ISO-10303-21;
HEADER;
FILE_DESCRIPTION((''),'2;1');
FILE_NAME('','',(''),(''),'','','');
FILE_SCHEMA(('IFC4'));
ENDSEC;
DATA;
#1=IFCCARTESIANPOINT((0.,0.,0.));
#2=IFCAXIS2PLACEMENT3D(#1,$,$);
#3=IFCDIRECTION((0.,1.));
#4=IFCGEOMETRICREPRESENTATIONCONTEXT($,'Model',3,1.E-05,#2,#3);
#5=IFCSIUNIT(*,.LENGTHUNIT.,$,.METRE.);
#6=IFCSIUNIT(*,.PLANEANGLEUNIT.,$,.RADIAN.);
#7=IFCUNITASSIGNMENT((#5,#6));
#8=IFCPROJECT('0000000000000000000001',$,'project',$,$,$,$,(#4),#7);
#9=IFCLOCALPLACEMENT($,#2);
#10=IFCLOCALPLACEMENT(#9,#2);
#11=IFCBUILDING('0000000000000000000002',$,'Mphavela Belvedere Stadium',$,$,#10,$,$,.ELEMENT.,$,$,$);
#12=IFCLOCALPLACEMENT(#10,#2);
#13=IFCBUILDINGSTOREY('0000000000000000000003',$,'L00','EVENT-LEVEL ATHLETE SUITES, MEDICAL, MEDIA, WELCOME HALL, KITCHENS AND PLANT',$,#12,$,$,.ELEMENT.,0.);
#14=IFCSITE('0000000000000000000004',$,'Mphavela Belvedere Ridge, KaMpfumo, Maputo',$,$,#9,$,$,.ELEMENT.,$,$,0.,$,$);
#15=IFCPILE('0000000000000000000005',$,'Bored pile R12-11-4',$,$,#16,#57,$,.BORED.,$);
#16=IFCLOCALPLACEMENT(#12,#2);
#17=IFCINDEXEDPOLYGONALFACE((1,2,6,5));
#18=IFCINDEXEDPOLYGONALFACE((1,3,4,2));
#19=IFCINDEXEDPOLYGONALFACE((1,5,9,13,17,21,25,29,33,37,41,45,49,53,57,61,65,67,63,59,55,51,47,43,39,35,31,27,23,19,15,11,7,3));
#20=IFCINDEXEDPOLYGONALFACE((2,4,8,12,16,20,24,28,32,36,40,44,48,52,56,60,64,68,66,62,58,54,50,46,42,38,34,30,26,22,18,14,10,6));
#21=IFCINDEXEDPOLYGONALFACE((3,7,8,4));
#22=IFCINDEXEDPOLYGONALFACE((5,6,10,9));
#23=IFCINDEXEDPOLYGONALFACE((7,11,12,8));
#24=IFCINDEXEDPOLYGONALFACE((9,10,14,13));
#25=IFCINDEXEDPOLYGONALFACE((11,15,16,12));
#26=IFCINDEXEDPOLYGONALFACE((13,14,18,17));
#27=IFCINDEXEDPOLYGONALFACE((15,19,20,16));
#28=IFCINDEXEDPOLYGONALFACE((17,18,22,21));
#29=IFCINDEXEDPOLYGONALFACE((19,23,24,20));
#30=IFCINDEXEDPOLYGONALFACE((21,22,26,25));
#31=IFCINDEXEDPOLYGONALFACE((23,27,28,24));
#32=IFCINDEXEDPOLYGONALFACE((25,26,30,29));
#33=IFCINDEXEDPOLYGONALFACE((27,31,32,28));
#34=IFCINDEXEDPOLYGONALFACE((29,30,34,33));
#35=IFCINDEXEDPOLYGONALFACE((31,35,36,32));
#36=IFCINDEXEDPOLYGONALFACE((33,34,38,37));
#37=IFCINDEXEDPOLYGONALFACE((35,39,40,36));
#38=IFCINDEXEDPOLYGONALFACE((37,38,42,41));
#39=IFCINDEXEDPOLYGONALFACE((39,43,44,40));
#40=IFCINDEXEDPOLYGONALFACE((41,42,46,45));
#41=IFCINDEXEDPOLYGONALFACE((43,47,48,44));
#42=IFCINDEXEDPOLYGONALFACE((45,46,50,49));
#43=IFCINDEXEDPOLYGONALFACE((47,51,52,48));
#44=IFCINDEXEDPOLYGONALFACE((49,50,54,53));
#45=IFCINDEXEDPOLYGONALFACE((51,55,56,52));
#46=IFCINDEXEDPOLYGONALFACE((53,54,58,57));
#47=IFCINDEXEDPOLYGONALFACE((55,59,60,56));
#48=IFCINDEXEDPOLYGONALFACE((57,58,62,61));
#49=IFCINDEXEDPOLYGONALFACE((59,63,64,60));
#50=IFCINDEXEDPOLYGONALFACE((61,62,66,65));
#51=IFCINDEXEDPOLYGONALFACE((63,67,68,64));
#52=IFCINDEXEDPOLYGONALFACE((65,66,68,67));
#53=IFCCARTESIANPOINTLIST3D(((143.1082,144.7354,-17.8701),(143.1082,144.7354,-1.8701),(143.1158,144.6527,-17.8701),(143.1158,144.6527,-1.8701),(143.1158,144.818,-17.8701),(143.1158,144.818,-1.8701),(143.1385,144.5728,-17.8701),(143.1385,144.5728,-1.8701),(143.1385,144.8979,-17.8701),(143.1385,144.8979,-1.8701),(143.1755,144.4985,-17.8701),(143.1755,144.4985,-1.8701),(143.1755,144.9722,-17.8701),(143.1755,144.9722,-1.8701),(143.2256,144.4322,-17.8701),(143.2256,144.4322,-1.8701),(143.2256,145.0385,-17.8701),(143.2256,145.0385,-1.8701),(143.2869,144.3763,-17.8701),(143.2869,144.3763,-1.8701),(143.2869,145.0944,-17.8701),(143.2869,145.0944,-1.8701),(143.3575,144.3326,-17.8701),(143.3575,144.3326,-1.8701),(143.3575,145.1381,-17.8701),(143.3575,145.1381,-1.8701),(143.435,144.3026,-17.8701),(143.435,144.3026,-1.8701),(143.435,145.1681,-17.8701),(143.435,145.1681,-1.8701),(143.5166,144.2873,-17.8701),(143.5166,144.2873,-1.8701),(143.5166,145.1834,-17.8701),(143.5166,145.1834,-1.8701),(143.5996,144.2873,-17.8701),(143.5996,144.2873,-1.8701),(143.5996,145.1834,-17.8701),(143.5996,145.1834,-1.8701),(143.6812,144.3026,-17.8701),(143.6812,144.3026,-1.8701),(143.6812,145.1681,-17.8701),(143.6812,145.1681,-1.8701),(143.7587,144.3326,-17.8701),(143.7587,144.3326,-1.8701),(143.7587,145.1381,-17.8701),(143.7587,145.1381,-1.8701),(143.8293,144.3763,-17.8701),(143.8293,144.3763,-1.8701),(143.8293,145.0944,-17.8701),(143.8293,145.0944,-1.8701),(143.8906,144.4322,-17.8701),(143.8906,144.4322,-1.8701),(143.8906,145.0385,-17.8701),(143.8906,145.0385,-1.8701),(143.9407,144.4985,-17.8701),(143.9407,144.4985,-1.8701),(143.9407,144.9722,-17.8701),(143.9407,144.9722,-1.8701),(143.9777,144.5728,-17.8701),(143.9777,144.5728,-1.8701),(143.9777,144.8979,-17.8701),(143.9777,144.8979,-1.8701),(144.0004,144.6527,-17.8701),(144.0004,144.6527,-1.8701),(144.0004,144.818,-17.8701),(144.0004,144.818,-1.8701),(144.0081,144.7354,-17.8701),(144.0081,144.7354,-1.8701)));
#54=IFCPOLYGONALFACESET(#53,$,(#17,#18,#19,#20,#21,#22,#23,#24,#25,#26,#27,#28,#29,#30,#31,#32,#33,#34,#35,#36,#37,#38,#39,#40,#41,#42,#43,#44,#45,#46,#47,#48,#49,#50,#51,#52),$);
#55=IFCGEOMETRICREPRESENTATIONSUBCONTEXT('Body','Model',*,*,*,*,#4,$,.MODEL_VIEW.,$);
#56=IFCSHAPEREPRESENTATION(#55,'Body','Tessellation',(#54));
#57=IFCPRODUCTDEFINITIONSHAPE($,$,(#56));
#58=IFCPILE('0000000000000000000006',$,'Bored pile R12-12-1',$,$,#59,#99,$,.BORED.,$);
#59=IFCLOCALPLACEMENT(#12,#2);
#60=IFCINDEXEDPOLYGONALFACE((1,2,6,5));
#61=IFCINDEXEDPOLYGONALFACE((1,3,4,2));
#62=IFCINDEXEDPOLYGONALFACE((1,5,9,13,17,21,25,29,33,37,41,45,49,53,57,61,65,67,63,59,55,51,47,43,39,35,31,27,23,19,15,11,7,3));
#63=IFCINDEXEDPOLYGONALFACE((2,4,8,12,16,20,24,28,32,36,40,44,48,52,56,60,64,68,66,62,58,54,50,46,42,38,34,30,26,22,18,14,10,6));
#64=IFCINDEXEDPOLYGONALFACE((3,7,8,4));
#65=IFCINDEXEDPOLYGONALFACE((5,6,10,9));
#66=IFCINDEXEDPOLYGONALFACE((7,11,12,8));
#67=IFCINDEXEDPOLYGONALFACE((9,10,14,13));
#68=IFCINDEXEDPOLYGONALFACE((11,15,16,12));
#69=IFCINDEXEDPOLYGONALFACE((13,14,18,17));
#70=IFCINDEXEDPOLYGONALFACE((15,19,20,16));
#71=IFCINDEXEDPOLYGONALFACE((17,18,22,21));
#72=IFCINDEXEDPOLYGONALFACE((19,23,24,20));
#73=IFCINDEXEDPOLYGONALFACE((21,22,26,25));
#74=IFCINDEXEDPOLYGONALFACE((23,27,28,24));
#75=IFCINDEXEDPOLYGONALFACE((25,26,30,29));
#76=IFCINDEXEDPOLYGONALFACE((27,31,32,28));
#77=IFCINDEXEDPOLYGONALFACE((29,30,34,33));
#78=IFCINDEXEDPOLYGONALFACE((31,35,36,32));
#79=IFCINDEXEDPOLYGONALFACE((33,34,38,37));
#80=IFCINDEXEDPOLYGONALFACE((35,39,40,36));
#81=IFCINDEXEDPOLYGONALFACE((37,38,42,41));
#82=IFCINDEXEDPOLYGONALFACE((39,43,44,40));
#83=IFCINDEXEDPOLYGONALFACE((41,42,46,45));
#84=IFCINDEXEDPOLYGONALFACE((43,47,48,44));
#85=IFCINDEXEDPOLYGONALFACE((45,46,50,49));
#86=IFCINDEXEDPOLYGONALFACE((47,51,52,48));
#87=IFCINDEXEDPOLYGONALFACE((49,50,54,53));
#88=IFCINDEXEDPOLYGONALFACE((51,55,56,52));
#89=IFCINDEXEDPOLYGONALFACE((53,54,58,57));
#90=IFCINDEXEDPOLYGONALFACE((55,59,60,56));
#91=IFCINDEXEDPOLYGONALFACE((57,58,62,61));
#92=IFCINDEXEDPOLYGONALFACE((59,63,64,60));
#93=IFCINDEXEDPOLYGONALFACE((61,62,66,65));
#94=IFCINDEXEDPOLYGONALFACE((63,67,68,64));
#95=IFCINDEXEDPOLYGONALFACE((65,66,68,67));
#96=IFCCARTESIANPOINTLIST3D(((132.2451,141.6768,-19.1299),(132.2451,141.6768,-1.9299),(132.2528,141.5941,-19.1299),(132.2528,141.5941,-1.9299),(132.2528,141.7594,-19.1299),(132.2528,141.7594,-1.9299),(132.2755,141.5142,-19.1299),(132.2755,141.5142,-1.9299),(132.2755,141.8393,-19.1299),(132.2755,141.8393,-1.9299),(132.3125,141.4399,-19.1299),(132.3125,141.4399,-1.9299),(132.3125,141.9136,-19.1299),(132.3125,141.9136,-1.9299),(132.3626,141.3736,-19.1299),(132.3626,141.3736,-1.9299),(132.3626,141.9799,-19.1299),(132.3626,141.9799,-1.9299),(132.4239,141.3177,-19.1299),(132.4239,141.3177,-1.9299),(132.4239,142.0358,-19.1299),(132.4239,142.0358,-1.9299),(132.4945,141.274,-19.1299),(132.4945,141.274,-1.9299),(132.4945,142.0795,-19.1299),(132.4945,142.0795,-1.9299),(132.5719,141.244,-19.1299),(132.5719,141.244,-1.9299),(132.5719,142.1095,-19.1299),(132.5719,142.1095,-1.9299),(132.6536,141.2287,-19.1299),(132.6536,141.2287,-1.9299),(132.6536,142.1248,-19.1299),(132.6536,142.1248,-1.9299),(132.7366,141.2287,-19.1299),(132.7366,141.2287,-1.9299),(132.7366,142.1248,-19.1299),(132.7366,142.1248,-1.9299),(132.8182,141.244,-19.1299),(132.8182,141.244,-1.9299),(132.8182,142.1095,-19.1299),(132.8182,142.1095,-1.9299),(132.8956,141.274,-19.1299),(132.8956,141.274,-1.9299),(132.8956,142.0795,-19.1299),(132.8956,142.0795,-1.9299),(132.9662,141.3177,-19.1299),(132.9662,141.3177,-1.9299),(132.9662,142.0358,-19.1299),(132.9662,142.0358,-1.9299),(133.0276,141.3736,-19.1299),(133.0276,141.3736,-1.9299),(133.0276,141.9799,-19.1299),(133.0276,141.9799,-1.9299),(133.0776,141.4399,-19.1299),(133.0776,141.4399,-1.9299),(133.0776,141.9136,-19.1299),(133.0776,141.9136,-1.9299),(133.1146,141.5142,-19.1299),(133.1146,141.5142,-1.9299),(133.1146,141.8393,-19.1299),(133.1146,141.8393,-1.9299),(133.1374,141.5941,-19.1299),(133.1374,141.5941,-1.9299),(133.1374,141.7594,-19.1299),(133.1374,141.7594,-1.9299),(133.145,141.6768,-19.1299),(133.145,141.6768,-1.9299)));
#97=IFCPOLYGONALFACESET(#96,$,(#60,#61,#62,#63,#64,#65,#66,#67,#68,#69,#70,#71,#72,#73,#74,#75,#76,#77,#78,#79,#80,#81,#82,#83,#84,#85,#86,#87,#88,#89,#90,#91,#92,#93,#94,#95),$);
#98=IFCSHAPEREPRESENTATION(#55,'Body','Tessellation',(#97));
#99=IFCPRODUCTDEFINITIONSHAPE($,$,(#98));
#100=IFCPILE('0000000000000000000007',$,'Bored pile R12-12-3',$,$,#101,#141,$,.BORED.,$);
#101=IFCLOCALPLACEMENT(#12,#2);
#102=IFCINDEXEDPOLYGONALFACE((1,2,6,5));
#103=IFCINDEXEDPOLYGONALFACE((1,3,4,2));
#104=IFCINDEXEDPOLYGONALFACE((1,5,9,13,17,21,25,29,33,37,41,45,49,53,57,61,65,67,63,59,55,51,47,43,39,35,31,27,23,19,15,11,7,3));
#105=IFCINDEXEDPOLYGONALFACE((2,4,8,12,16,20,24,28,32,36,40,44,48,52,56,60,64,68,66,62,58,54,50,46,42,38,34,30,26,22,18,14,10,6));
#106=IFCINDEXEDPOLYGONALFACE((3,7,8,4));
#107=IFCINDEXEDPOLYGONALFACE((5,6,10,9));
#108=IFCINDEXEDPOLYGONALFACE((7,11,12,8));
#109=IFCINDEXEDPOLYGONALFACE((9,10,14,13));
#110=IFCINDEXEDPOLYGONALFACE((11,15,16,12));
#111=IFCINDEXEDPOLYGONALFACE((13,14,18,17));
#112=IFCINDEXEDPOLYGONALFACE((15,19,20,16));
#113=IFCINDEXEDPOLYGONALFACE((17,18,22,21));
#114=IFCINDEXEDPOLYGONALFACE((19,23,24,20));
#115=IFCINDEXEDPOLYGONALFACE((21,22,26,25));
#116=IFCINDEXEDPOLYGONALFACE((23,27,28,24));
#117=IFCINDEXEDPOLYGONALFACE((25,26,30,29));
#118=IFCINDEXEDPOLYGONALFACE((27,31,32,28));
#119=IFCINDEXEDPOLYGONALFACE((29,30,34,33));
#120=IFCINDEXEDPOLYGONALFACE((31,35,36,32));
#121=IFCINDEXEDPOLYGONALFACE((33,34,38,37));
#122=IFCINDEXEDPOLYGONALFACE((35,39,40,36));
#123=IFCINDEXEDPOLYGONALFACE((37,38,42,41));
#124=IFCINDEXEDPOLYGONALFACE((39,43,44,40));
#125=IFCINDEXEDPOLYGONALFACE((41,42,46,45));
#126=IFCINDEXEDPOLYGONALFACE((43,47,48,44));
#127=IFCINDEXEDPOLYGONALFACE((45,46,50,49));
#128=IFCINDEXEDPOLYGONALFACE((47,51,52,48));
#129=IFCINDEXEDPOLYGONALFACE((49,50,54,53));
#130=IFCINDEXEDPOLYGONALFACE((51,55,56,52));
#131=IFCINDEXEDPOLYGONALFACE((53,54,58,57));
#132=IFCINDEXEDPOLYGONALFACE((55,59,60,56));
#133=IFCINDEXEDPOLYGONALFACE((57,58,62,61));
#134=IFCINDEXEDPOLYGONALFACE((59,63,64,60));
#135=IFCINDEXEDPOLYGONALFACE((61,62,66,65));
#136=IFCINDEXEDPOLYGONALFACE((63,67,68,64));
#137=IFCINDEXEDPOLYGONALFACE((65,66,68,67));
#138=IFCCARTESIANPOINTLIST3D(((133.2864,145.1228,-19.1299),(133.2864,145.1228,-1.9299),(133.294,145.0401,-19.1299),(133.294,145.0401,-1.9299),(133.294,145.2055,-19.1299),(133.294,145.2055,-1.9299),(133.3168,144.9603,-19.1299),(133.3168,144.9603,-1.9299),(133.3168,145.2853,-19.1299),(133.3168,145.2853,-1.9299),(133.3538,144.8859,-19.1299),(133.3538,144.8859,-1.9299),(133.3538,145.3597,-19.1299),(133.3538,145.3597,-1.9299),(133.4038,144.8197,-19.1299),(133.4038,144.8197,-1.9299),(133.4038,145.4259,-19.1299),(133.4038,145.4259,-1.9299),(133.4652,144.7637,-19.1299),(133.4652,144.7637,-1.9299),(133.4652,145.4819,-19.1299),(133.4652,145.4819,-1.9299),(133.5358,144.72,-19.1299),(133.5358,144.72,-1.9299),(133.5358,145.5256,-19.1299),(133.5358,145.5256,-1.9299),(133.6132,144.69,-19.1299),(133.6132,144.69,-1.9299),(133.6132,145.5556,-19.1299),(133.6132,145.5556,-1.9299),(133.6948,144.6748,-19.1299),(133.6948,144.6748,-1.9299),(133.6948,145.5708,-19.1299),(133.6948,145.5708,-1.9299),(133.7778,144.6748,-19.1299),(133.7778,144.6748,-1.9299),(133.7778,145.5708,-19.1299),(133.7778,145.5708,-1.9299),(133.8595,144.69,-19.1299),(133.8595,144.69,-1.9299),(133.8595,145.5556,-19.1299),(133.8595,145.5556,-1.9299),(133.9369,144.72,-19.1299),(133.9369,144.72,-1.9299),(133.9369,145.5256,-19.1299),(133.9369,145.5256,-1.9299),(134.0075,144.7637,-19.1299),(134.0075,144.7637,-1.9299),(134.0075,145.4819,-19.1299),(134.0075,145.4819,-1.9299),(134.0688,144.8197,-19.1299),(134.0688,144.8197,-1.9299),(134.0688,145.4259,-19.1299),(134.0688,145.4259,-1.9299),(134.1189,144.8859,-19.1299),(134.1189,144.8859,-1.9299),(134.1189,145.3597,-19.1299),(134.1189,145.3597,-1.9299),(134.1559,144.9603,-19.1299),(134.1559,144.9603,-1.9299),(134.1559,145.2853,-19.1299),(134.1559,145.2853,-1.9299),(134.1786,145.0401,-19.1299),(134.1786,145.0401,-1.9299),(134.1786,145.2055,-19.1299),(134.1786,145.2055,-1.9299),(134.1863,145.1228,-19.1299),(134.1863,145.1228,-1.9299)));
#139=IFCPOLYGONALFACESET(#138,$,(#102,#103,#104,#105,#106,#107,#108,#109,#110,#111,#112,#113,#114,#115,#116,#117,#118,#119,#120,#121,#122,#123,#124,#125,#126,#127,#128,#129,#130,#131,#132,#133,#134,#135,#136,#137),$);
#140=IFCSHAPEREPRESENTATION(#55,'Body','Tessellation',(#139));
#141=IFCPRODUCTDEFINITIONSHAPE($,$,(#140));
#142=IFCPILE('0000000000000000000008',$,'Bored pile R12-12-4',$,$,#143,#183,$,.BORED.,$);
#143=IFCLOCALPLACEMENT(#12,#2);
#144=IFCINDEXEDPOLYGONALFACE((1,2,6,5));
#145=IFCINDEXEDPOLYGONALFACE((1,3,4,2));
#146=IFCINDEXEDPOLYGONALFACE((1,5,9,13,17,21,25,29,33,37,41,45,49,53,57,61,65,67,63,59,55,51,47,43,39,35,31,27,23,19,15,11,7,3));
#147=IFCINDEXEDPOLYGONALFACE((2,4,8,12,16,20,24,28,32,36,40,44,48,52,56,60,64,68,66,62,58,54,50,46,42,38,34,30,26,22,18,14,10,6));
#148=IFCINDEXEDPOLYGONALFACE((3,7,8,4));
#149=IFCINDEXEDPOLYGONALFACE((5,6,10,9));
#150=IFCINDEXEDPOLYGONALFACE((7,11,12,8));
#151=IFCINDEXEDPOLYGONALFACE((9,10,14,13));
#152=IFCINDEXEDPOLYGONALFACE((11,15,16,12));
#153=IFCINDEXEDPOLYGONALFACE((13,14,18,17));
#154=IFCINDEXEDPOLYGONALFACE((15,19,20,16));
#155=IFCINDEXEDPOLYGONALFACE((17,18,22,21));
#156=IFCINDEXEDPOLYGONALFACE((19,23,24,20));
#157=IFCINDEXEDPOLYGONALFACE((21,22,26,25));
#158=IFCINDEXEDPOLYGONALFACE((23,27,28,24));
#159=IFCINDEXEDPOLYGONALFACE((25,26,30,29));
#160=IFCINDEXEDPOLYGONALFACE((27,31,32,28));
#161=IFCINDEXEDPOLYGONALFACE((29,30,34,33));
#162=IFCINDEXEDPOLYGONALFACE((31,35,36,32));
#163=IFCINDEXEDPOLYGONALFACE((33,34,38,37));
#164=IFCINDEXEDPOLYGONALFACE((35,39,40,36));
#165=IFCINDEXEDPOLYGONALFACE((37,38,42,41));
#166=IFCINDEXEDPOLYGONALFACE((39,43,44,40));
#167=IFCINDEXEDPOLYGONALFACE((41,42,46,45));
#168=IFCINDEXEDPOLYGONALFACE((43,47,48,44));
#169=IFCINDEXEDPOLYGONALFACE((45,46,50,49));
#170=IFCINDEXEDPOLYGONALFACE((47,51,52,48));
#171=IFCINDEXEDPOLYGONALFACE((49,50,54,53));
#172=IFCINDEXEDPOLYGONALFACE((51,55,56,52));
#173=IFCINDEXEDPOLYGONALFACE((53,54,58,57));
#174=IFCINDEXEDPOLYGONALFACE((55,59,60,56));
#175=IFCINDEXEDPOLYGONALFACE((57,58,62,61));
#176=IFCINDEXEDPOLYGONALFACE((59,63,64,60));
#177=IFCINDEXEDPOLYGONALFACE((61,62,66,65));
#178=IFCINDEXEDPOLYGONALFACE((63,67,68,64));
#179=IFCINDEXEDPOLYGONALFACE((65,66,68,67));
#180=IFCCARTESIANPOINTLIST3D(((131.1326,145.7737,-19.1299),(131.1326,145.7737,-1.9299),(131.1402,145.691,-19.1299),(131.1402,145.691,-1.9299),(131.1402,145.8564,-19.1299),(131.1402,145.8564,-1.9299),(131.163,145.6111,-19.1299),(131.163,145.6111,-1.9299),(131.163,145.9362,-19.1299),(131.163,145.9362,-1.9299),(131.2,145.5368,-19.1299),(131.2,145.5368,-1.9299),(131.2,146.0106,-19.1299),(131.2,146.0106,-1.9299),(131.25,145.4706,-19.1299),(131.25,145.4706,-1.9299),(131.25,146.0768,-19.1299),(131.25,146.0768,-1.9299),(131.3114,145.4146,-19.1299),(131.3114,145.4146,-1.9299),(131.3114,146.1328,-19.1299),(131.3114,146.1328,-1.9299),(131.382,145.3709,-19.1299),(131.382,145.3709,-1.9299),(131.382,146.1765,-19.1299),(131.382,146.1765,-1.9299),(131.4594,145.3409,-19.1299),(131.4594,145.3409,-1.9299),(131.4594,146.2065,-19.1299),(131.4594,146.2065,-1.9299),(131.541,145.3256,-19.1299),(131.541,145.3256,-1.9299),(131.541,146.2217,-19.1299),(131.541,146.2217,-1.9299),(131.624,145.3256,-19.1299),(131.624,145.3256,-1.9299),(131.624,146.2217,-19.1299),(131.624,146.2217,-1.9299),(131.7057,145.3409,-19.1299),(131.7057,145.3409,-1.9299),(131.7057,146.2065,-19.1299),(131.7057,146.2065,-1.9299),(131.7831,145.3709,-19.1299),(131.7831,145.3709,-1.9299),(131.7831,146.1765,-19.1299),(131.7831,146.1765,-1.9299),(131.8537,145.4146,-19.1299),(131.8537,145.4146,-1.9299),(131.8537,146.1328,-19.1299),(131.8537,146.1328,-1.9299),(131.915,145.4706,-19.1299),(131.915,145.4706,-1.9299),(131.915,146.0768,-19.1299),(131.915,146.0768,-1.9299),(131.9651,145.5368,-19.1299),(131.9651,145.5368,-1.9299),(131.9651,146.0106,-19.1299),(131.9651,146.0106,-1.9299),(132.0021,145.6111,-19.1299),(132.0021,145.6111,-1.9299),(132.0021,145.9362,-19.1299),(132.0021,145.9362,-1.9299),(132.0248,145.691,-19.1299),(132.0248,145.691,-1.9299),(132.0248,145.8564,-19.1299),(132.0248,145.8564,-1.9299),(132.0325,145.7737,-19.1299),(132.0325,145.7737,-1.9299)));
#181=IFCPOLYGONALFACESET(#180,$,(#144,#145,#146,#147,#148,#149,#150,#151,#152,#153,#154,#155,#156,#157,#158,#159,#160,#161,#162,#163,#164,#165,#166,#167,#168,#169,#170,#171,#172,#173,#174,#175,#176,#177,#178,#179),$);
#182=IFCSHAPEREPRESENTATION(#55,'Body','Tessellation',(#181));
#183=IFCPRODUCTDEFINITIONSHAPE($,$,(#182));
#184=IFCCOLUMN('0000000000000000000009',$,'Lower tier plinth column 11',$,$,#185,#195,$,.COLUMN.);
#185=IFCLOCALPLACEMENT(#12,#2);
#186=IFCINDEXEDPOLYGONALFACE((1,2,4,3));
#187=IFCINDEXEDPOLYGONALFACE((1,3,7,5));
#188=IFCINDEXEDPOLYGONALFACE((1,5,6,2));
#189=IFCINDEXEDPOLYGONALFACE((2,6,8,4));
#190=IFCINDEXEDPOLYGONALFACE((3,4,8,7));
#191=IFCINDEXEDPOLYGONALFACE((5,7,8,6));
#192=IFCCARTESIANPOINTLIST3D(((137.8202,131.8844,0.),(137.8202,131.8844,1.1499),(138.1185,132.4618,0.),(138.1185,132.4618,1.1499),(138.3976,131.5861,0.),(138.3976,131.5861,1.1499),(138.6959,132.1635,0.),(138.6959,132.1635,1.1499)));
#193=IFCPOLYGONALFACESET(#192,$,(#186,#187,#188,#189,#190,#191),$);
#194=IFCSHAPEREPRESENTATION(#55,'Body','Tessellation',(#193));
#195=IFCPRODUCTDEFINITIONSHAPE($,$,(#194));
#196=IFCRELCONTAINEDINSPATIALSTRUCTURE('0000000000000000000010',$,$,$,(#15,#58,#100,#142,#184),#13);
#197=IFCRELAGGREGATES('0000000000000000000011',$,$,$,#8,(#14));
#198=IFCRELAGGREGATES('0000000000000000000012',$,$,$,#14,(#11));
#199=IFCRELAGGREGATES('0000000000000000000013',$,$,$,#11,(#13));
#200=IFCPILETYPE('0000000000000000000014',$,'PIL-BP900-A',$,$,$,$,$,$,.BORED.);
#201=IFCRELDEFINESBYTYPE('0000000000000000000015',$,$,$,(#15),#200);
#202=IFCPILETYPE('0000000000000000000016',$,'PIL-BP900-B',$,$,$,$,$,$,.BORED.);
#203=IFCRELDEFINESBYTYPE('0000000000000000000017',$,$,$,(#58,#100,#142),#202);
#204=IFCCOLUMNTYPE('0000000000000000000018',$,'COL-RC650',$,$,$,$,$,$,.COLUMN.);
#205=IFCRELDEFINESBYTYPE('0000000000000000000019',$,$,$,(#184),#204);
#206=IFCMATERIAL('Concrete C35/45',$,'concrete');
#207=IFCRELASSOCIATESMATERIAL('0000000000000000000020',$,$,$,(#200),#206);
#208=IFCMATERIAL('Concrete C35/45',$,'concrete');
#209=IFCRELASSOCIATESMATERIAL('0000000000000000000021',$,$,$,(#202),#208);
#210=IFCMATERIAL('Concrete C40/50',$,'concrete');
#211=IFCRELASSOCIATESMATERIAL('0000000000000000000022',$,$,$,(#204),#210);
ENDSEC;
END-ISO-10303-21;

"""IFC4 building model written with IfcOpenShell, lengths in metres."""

from ifc_helpers import new_model, si_unit, direction, frame, origin, origin_2d, place, context, subcontext, project, spatial, rectangle, circle, extrude, material, material_profile, profile_set, type_object, element, save


model = new_model("IFC4")

# Units and contexts
model_context = context("Model", 3, precision=1e-05, world=origin(), true_north=direction((0.0, 1.0)))
body_context = subcontext(model_context, "Body", "Model", "MODEL_VIEW")
ifc_project = project(units=[si_unit("LENGTHUNIT", "METRE"), si_unit("PLANEANGLEUNIT", "RADIAN")], contexts=[model_context])

# Site, building, storey
site_placement = place(None, origin())
site = spatial("IfcSite", under=ifc_project, at=site_placement, Name="Mphavela Belvedere Ridge, KaMpfumo, Maputo", CompositionType="ELEMENT", RefElevation=0.0)
building_placement = place(site_placement, origin())
building = spatial("IfcBuilding", under=site, at=building_placement, Name="Mphavela Belvedere Stadium", CompositionType="ELEMENT")
storey_placement = place(building_placement, origin())
storey = spatial("IfcBuildingStorey", under=building, at=storey_placement, Name="L00", Description="EVENT-LEVEL ATHLETE SUITES, MEDICAL, MEDIA, WELCOME HALL, KITCHENS AND PLANT", CompositionType="ELEMENT", Elevation=0.0)

# Piles
ifc_material_1 = material(Name="Concrete C35/45", Category="concrete")
ifc_material_profile_1 = material_profile(ifc_material_1, circle(Radius=0.45, at=origin_2d()), Name="BP D900")
ifc_profile_set_1 = profile_set([ifc_material_profile_1], Name="Concrete C35/45")
pile_type_1 = type_object("IfcPileType", Name="PIL-BP900-A", PredefinedType="BORED", material=ifc_profile_set_1)
for number, where, z_axis, x_axis, name in (
    (1, (143.5581, 144.7354, -1.8701), (0.0, 0.0, -1.0), (1.0, 0.0, 0.0), "Bored pile R12-11-4"),
):
    element("IfcPile", number, at=place(storey_placement, frame(where, z_axis=z_axis, x_axis=x_axis)), inside=storey, type_object=pile_type_1, Name=name, PredefinedType="BORED", context=body_context, shape_type="SweptSolid", body=[
        extrude(circle(Radius=0.45, at=origin_2d()), origin(), (0.0, 0.0, 1.0), 16.0),
    ])
ifc_material_2 = material(Name="Concrete C35/45", Category="concrete")
ifc_material_profile_2 = material_profile(ifc_material_2, circle(Radius=0.45, at=origin_2d()), Name="BP D900")
ifc_profile_set_2 = profile_set([ifc_material_profile_2], Name="Concrete C35/45")
pile_type_2 = type_object("IfcPileType", Name="PIL-BP900-B", PredefinedType="BORED", material=ifc_profile_set_2)
for number, where, z_axis, x_axis, name in (
    (2, (132.6951, 141.6768, -1.9299), (0.0, 0.0, -1.0), (1.0, 0.0, 0.0), "Bored pile R12-12-1"),
    (3, (133.7363, 145.1228, -1.9299), (0.0, 0.0, -1.0), (1.0, 0.0, 0.0), "Bored pile R12-12-3"),
    (4, (131.5825, 145.7737, -1.9299), (0.0, 0.0, -1.0), (1.0, 0.0, 0.0), "Bored pile R12-12-4"),
):
    element("IfcPile", number, at=place(storey_placement, frame(where, z_axis=z_axis, x_axis=x_axis)), inside=storey, type_object=pile_type_2, Name=name, PredefinedType="BORED", context=body_context, shape_type="SweptSolid", body=[
        extrude(circle(Radius=0.45, at=origin_2d()), origin(), (0.0, 0.0, 1.0), 17.2),
    ])

# Column
ifc_material_3 = material(Name="Concrete C40/50", Category="concrete")
ifc_material_profile_3 = material_profile(ifc_material_3, rectangle(XDim=0.6499, YDim=0.6499, at=origin_2d()), Name="RC 650x650")
ifc_profile_set_3 = profile_set([ifc_material_profile_3], Name="Concrete C40/50")
column_type_1 = type_object("IfcColumnType", Name="COL-RC650", PredefinedType="COLUMN", material=ifc_profile_set_3)
column_1_placement = place(storey_placement, frame((138.2581, 132.0239, 0.0), z_axis=(0.0, 0.0, 1.0), x_axis=(0.45896, 0.888457, 0.0)))
element("IfcColumn", 5, at=column_1_placement, inside=storey, type_object=column_type_1, Name="Lower tier plinth column 11", PredefinedType="COLUMN", context=body_context, shape_type="SweptSolid", body=[
    extrude(rectangle(XDim=0.6499, YDim=0.6499, at=origin_2d()), origin(), (0.0, 0.0, 1.0), 1.1499),
])

save(model, "model.ifc")
